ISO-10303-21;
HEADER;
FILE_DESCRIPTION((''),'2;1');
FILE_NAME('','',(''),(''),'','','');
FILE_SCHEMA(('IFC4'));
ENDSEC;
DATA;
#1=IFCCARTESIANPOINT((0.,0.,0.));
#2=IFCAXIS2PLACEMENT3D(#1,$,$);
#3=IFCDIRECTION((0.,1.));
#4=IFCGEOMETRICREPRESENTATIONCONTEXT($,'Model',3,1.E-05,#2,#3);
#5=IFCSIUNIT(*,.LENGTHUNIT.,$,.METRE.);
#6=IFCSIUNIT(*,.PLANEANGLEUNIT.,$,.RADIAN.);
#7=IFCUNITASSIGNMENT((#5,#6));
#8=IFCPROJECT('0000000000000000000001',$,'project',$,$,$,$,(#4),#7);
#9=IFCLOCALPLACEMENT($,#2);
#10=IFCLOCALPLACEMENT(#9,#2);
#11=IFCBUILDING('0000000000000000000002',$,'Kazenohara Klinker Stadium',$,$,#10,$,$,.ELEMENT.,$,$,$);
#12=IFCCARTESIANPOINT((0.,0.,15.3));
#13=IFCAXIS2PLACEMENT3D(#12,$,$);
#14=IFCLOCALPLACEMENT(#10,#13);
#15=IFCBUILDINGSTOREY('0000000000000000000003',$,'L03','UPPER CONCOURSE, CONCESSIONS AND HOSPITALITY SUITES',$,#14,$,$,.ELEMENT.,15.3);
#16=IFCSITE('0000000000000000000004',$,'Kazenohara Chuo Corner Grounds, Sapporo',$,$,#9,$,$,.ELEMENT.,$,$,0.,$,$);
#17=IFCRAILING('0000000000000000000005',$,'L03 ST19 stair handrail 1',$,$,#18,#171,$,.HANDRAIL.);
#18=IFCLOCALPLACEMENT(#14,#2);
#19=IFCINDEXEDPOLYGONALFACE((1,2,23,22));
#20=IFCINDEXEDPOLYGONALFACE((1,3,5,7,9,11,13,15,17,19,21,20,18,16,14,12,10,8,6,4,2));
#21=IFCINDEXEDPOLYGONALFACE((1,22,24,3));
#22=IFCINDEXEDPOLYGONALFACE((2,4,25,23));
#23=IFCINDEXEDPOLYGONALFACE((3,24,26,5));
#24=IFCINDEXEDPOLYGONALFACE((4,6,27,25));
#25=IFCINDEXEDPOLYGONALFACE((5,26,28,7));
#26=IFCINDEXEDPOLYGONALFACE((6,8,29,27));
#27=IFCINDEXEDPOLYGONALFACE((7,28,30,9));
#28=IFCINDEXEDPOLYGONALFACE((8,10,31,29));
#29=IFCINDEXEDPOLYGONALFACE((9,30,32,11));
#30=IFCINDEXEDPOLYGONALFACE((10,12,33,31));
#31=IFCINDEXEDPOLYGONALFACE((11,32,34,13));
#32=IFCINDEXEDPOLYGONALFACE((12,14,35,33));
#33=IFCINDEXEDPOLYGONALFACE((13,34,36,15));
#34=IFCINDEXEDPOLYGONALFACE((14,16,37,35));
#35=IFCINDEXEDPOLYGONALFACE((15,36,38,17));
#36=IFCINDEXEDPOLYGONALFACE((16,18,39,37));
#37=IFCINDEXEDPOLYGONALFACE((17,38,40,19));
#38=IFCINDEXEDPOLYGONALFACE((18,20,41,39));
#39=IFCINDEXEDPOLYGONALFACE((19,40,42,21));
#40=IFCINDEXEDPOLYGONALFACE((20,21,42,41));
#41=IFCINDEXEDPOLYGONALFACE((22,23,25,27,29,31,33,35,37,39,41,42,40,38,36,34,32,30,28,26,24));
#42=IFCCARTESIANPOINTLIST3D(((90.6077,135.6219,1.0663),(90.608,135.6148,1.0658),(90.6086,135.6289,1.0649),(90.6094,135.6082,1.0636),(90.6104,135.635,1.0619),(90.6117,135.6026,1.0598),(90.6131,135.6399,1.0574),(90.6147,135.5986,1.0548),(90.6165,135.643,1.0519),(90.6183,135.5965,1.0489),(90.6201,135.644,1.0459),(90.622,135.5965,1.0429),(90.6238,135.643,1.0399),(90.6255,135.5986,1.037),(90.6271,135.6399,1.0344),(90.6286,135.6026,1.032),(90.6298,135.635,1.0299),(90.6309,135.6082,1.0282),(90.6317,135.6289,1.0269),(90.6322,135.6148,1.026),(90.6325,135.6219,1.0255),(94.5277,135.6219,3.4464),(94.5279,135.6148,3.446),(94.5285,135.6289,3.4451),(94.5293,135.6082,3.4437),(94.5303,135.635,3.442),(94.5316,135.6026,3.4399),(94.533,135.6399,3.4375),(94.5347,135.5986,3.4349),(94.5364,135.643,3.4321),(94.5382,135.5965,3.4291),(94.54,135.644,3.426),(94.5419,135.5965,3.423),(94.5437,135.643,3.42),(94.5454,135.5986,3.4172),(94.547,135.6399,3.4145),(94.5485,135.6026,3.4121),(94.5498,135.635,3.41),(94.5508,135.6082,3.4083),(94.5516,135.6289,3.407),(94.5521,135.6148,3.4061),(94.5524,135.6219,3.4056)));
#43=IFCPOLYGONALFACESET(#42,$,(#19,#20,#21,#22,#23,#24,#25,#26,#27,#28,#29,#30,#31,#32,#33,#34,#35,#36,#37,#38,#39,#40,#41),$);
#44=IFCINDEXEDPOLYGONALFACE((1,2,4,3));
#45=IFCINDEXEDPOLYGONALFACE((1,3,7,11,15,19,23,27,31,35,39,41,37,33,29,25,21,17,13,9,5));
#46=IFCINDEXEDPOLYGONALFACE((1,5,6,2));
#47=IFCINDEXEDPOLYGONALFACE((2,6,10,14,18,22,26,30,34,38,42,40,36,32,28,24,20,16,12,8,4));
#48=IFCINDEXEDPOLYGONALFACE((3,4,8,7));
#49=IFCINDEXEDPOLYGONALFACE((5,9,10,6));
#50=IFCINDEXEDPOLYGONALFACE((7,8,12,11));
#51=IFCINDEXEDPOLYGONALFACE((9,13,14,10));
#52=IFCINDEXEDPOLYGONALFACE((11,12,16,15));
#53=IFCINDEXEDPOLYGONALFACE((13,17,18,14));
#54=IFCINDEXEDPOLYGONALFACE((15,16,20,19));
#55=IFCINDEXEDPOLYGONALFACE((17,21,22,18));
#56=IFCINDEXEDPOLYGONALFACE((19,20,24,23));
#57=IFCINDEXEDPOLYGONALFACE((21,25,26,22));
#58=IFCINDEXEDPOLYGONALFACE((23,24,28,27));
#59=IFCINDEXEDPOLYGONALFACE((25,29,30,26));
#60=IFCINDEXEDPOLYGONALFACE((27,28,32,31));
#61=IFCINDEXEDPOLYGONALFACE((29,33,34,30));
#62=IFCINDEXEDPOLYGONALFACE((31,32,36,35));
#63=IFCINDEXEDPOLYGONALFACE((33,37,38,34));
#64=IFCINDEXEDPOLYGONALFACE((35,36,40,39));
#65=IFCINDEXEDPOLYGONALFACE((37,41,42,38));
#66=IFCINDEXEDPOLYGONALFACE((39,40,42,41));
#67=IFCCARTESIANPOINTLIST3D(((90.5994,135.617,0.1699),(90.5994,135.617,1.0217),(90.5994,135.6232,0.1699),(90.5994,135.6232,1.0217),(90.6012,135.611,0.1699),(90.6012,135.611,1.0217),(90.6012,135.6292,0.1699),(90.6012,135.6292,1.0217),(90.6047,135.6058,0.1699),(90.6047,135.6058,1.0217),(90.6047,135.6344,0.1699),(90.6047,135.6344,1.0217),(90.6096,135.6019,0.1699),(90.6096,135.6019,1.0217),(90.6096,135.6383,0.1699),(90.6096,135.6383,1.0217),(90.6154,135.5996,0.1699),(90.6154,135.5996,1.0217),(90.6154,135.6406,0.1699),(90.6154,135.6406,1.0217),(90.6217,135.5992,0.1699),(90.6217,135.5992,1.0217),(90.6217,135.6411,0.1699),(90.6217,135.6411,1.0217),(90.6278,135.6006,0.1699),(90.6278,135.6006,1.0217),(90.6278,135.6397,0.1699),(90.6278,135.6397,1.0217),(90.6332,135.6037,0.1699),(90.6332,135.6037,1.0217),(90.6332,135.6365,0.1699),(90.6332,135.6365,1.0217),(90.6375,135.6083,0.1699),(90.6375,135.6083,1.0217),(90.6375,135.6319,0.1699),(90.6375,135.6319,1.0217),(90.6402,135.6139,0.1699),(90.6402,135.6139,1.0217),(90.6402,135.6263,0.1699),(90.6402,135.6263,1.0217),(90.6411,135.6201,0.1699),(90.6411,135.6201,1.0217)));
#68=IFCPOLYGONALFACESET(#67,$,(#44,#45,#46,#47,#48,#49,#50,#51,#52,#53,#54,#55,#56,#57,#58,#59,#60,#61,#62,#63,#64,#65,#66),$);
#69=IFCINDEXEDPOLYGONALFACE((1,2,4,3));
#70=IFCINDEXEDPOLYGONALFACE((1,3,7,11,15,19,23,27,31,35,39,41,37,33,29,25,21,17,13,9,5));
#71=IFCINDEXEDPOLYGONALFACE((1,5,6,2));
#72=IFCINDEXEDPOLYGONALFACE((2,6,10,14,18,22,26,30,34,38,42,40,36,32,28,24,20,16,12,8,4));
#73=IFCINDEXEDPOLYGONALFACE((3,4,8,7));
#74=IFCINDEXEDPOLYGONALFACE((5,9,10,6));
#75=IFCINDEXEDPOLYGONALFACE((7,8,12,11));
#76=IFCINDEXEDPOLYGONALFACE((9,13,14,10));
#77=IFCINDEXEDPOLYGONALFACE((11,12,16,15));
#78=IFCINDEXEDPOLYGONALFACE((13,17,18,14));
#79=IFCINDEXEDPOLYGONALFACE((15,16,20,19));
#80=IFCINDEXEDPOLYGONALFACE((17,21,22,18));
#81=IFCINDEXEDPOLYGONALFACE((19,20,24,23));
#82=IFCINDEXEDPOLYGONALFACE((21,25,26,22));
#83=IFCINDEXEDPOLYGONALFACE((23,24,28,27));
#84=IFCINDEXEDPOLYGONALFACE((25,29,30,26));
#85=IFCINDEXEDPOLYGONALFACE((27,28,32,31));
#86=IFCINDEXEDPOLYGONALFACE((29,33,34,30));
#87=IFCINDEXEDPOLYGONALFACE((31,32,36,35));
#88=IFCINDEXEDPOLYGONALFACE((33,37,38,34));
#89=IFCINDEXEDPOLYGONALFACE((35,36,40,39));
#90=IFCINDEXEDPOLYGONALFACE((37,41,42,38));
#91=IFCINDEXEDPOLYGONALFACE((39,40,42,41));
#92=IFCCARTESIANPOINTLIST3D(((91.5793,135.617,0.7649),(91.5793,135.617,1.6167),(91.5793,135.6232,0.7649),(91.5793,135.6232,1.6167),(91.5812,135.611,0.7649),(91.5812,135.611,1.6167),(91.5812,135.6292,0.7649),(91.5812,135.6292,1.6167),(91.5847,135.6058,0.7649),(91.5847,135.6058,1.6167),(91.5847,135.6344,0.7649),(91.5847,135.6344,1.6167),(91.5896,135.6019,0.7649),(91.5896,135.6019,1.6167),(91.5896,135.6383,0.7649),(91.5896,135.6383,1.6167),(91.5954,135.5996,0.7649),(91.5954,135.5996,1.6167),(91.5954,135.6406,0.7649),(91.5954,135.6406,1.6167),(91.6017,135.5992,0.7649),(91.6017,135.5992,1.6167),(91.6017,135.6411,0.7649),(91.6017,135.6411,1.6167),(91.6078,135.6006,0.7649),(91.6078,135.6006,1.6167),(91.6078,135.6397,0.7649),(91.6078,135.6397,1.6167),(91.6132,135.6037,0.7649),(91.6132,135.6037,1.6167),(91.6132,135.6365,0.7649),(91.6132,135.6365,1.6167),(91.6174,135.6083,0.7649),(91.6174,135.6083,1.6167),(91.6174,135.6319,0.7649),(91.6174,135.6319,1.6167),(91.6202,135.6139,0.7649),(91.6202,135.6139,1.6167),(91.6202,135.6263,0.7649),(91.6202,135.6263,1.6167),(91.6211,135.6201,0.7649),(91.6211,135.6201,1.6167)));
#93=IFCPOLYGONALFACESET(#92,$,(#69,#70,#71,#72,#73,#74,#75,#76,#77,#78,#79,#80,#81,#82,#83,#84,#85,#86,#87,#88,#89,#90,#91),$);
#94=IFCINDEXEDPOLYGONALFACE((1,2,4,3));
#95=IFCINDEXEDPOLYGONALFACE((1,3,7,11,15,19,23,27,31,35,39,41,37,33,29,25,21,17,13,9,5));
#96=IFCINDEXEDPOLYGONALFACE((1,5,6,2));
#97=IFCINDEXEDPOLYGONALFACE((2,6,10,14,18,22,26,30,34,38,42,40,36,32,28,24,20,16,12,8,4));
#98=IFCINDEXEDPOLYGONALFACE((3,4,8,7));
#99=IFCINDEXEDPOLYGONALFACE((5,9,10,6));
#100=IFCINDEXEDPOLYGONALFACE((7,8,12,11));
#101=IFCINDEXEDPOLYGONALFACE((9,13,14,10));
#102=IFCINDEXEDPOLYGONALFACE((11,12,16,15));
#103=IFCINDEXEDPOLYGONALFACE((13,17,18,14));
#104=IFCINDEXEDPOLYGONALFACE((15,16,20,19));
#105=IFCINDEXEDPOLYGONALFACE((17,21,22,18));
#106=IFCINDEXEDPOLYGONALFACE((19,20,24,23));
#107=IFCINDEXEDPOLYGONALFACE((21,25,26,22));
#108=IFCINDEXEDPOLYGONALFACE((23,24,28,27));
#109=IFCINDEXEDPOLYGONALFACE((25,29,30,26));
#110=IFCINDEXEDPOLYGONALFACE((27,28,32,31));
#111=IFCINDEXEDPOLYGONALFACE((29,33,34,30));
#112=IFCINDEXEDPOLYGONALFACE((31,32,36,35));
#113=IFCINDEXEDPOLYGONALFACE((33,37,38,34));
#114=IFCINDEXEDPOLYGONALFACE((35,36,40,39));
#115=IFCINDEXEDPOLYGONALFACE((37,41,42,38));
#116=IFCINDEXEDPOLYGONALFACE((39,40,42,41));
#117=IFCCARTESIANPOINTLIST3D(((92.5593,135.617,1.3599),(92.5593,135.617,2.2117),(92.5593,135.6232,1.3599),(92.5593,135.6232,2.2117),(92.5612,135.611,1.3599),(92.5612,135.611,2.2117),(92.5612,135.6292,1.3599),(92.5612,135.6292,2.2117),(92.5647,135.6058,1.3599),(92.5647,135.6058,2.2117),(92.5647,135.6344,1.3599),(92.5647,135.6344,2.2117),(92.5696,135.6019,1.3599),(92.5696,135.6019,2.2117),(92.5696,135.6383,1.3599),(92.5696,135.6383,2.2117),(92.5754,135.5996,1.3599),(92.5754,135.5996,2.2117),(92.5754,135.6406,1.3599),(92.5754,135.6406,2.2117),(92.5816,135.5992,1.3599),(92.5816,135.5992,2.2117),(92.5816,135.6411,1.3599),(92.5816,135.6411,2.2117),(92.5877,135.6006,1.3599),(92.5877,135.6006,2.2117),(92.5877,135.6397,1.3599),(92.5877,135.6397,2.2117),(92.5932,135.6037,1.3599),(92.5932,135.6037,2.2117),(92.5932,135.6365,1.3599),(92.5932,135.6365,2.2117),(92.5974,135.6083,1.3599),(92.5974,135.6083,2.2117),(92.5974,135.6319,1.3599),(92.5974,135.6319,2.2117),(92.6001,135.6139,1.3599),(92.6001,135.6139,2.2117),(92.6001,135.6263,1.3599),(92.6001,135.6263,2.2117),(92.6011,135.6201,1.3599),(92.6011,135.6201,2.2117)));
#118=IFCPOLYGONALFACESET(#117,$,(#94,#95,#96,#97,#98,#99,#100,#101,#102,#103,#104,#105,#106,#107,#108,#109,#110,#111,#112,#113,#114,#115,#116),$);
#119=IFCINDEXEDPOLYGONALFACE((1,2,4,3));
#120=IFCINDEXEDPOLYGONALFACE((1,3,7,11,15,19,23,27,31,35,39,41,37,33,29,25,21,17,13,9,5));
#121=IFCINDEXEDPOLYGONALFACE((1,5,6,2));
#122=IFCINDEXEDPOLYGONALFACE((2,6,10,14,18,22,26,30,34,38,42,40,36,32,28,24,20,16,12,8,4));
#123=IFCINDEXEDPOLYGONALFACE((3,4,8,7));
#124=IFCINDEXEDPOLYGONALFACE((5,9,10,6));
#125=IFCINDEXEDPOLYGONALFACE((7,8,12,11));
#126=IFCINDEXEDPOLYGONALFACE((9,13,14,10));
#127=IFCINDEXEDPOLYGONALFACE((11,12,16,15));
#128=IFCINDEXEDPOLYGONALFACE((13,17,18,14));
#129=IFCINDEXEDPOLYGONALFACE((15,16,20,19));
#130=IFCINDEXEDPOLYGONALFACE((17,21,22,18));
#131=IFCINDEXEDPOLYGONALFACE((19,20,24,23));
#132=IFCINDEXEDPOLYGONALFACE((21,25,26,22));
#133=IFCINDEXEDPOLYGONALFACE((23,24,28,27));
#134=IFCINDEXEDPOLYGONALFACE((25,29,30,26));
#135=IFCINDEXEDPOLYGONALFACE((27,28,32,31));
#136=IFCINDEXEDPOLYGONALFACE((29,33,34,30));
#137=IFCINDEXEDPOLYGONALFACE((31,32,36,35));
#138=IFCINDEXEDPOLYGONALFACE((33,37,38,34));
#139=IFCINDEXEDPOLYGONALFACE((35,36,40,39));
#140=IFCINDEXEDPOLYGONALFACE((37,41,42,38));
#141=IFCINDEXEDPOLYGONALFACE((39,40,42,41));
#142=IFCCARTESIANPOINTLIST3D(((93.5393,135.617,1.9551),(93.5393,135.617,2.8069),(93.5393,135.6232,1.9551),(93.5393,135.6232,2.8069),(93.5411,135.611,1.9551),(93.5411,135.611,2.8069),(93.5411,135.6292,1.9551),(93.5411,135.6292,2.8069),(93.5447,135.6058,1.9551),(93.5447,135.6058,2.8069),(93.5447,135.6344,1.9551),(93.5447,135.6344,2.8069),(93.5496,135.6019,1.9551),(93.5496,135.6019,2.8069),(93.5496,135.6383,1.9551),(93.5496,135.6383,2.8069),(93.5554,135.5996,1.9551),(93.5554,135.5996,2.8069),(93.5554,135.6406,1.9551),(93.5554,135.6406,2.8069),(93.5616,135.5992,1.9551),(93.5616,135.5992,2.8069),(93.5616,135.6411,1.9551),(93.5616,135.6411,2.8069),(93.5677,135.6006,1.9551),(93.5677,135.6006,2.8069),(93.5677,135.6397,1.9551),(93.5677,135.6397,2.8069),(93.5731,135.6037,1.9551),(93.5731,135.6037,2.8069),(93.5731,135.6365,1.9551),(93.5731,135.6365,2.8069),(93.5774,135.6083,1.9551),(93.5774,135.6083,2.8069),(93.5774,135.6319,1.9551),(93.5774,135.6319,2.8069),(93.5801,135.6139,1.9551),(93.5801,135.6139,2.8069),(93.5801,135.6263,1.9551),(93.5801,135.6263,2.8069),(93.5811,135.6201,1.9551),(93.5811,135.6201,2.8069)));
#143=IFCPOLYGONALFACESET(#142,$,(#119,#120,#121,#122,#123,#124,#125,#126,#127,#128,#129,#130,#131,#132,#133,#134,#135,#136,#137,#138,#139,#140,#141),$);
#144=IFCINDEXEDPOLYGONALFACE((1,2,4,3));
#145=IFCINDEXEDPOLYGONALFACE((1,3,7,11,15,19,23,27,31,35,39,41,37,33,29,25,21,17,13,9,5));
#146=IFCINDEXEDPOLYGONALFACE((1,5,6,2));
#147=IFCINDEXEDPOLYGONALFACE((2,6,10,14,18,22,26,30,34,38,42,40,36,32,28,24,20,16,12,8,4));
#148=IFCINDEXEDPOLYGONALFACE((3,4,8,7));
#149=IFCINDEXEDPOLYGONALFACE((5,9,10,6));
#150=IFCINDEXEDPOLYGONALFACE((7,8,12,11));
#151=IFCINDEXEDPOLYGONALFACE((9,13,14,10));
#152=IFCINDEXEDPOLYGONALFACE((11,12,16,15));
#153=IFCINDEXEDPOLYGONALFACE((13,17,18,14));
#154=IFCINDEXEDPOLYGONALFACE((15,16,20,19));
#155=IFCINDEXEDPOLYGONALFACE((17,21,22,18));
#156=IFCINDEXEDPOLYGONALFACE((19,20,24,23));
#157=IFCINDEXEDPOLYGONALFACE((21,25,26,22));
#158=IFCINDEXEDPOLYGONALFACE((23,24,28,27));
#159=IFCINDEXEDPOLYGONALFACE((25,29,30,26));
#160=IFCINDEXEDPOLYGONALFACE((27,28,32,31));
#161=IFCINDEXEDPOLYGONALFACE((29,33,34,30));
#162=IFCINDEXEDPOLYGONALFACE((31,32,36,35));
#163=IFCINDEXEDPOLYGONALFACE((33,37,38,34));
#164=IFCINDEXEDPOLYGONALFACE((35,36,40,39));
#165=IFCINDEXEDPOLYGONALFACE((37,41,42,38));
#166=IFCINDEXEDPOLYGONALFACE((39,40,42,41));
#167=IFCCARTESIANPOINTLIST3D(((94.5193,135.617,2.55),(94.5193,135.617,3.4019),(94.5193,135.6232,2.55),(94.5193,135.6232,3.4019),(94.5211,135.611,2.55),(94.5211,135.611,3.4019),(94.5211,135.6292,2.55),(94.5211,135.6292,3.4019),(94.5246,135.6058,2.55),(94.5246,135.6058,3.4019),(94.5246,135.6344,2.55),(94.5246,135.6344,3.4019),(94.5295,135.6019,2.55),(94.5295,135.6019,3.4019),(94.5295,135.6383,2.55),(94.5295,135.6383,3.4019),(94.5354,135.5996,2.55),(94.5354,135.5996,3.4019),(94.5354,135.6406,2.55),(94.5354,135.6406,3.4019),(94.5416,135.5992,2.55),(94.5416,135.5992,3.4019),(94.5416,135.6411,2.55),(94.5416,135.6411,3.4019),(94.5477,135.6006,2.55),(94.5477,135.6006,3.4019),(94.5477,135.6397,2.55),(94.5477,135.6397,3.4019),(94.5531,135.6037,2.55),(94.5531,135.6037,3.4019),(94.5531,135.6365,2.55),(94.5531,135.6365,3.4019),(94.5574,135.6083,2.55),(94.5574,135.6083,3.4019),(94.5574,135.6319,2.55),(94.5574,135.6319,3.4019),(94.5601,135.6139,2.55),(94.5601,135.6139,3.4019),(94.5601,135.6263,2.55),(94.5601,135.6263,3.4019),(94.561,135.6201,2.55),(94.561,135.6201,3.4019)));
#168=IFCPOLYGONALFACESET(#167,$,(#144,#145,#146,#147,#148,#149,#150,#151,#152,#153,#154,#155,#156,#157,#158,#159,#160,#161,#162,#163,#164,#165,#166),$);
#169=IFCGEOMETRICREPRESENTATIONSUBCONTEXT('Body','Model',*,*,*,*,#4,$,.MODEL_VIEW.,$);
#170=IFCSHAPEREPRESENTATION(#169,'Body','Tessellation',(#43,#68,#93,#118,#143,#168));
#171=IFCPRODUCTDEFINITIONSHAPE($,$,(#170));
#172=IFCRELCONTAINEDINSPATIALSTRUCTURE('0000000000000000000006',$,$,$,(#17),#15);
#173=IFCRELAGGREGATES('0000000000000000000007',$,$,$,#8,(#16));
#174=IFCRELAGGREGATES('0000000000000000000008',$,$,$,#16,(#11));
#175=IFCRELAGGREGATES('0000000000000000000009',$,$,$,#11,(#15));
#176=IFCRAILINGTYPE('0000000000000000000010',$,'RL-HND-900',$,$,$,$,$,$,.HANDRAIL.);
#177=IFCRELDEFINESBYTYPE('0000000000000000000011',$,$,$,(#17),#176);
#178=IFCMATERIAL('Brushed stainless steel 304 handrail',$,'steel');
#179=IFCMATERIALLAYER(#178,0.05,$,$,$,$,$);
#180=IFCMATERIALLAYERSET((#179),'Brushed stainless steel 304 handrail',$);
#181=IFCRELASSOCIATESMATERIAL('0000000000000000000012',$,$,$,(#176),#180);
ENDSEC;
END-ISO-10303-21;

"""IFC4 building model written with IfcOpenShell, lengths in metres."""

from ifc_helpers import new_model, si_unit, direction, frame, origin, origin_2d, place, context, subcontext, project, spatial, circle, extrude, material, layer, layer_set, type_object, element, save


model = new_model("IFC4")

# Units and contexts
model_context = context("Model", 3, precision=1e-05, world=origin(), true_north=direction((0.0, 1.0)))
body_context = subcontext(model_context, "Body", "Model", "MODEL_VIEW")
ifc_project = project(units=[si_unit("LENGTHUNIT", "METRE"), si_unit("PLANEANGLEUNIT", "RADIAN")], contexts=[model_context])

# Site, building, storey
site_placement = place(None, origin())
site = spatial("IfcSite", under=ifc_project, at=site_placement, Name="Kazenohara Chuo Corner Grounds, Sapporo", CompositionType="ELEMENT", RefElevation=0.0)
building_placement = place(site_placement, origin())
building = spatial("IfcBuilding", under=site, at=building_placement, Name="Kazenohara Klinker Stadium", CompositionType="ELEMENT")
storey_placement = place(building_placement, frame((0.0, 0.0, 15.3)))
storey = spatial("IfcBuildingStorey", under=building, at=storey_placement, Name="L03", Description="UPPER CONCOURSE, CONCESSIONS AND HOSPITALITY SUITES", CompositionType="ELEMENT", Elevation=15.3)

# Railing
ifc_material_1 = material(Name="Brushed stainless steel 304 handrail", Category="steel")
ifc_layer_1 = layer(ifc_material_1, 0.05)
ifc_layer_set_1 = layer_set([ifc_layer_1], Name="Brushed stainless steel 304 handrail")
railing_type_1 = type_object("IfcRailingType", Name="RL-HND-900", PredefinedType="HANDRAIL", material=ifc_layer_set_1)
railing_1_placement = place(storey_placement, frame((90.6201, 135.6201, 0.1699)))
element("IfcRailing", 1, at=railing_1_placement, inside=storey, type_object=railing_type_1, Name="L03 ST19 stair handrail 1", PredefinedType="HANDRAIL", context=body_context, shape_type="SweptSolid", body=[
    extrude(circle(Radius=0.0239, at=origin_2d()), frame((0.0, 0.0, 0.876), z_axis=(0.854771, 0.0, 0.519006), x_axis=(0.0, 1.0, 0.0)), (0.0, 0.0, 1.0), 4.5859),
    extrude(circle(Radius=0.021, at=origin_2d()), origin(), (0.0, 0.0, 1.0), 0.8518),
    extrude(circle(Radius=0.021, at=origin_2d()), frame((0.98, 0.0, 0.595)), (0.0, 0.0, 1.0), 0.8518),
    extrude(circle(Radius=0.021, at=origin_2d()), frame((1.96, 0.0, 1.1899)), (0.0, 0.0, 1.0), 0.8518),
    extrude(circle(Radius=0.021, at=origin_2d()), frame((2.9399, 0.0, 1.7852)), (0.0, 0.0, 1.0), 0.8518),
    extrude(circle(Radius=0.021, at=origin_2d()), frame((3.9199, 0.0, 2.3801)), (0.0, 0.0, 1.0), 0.8518),
])

save(model, "model.ifc")
